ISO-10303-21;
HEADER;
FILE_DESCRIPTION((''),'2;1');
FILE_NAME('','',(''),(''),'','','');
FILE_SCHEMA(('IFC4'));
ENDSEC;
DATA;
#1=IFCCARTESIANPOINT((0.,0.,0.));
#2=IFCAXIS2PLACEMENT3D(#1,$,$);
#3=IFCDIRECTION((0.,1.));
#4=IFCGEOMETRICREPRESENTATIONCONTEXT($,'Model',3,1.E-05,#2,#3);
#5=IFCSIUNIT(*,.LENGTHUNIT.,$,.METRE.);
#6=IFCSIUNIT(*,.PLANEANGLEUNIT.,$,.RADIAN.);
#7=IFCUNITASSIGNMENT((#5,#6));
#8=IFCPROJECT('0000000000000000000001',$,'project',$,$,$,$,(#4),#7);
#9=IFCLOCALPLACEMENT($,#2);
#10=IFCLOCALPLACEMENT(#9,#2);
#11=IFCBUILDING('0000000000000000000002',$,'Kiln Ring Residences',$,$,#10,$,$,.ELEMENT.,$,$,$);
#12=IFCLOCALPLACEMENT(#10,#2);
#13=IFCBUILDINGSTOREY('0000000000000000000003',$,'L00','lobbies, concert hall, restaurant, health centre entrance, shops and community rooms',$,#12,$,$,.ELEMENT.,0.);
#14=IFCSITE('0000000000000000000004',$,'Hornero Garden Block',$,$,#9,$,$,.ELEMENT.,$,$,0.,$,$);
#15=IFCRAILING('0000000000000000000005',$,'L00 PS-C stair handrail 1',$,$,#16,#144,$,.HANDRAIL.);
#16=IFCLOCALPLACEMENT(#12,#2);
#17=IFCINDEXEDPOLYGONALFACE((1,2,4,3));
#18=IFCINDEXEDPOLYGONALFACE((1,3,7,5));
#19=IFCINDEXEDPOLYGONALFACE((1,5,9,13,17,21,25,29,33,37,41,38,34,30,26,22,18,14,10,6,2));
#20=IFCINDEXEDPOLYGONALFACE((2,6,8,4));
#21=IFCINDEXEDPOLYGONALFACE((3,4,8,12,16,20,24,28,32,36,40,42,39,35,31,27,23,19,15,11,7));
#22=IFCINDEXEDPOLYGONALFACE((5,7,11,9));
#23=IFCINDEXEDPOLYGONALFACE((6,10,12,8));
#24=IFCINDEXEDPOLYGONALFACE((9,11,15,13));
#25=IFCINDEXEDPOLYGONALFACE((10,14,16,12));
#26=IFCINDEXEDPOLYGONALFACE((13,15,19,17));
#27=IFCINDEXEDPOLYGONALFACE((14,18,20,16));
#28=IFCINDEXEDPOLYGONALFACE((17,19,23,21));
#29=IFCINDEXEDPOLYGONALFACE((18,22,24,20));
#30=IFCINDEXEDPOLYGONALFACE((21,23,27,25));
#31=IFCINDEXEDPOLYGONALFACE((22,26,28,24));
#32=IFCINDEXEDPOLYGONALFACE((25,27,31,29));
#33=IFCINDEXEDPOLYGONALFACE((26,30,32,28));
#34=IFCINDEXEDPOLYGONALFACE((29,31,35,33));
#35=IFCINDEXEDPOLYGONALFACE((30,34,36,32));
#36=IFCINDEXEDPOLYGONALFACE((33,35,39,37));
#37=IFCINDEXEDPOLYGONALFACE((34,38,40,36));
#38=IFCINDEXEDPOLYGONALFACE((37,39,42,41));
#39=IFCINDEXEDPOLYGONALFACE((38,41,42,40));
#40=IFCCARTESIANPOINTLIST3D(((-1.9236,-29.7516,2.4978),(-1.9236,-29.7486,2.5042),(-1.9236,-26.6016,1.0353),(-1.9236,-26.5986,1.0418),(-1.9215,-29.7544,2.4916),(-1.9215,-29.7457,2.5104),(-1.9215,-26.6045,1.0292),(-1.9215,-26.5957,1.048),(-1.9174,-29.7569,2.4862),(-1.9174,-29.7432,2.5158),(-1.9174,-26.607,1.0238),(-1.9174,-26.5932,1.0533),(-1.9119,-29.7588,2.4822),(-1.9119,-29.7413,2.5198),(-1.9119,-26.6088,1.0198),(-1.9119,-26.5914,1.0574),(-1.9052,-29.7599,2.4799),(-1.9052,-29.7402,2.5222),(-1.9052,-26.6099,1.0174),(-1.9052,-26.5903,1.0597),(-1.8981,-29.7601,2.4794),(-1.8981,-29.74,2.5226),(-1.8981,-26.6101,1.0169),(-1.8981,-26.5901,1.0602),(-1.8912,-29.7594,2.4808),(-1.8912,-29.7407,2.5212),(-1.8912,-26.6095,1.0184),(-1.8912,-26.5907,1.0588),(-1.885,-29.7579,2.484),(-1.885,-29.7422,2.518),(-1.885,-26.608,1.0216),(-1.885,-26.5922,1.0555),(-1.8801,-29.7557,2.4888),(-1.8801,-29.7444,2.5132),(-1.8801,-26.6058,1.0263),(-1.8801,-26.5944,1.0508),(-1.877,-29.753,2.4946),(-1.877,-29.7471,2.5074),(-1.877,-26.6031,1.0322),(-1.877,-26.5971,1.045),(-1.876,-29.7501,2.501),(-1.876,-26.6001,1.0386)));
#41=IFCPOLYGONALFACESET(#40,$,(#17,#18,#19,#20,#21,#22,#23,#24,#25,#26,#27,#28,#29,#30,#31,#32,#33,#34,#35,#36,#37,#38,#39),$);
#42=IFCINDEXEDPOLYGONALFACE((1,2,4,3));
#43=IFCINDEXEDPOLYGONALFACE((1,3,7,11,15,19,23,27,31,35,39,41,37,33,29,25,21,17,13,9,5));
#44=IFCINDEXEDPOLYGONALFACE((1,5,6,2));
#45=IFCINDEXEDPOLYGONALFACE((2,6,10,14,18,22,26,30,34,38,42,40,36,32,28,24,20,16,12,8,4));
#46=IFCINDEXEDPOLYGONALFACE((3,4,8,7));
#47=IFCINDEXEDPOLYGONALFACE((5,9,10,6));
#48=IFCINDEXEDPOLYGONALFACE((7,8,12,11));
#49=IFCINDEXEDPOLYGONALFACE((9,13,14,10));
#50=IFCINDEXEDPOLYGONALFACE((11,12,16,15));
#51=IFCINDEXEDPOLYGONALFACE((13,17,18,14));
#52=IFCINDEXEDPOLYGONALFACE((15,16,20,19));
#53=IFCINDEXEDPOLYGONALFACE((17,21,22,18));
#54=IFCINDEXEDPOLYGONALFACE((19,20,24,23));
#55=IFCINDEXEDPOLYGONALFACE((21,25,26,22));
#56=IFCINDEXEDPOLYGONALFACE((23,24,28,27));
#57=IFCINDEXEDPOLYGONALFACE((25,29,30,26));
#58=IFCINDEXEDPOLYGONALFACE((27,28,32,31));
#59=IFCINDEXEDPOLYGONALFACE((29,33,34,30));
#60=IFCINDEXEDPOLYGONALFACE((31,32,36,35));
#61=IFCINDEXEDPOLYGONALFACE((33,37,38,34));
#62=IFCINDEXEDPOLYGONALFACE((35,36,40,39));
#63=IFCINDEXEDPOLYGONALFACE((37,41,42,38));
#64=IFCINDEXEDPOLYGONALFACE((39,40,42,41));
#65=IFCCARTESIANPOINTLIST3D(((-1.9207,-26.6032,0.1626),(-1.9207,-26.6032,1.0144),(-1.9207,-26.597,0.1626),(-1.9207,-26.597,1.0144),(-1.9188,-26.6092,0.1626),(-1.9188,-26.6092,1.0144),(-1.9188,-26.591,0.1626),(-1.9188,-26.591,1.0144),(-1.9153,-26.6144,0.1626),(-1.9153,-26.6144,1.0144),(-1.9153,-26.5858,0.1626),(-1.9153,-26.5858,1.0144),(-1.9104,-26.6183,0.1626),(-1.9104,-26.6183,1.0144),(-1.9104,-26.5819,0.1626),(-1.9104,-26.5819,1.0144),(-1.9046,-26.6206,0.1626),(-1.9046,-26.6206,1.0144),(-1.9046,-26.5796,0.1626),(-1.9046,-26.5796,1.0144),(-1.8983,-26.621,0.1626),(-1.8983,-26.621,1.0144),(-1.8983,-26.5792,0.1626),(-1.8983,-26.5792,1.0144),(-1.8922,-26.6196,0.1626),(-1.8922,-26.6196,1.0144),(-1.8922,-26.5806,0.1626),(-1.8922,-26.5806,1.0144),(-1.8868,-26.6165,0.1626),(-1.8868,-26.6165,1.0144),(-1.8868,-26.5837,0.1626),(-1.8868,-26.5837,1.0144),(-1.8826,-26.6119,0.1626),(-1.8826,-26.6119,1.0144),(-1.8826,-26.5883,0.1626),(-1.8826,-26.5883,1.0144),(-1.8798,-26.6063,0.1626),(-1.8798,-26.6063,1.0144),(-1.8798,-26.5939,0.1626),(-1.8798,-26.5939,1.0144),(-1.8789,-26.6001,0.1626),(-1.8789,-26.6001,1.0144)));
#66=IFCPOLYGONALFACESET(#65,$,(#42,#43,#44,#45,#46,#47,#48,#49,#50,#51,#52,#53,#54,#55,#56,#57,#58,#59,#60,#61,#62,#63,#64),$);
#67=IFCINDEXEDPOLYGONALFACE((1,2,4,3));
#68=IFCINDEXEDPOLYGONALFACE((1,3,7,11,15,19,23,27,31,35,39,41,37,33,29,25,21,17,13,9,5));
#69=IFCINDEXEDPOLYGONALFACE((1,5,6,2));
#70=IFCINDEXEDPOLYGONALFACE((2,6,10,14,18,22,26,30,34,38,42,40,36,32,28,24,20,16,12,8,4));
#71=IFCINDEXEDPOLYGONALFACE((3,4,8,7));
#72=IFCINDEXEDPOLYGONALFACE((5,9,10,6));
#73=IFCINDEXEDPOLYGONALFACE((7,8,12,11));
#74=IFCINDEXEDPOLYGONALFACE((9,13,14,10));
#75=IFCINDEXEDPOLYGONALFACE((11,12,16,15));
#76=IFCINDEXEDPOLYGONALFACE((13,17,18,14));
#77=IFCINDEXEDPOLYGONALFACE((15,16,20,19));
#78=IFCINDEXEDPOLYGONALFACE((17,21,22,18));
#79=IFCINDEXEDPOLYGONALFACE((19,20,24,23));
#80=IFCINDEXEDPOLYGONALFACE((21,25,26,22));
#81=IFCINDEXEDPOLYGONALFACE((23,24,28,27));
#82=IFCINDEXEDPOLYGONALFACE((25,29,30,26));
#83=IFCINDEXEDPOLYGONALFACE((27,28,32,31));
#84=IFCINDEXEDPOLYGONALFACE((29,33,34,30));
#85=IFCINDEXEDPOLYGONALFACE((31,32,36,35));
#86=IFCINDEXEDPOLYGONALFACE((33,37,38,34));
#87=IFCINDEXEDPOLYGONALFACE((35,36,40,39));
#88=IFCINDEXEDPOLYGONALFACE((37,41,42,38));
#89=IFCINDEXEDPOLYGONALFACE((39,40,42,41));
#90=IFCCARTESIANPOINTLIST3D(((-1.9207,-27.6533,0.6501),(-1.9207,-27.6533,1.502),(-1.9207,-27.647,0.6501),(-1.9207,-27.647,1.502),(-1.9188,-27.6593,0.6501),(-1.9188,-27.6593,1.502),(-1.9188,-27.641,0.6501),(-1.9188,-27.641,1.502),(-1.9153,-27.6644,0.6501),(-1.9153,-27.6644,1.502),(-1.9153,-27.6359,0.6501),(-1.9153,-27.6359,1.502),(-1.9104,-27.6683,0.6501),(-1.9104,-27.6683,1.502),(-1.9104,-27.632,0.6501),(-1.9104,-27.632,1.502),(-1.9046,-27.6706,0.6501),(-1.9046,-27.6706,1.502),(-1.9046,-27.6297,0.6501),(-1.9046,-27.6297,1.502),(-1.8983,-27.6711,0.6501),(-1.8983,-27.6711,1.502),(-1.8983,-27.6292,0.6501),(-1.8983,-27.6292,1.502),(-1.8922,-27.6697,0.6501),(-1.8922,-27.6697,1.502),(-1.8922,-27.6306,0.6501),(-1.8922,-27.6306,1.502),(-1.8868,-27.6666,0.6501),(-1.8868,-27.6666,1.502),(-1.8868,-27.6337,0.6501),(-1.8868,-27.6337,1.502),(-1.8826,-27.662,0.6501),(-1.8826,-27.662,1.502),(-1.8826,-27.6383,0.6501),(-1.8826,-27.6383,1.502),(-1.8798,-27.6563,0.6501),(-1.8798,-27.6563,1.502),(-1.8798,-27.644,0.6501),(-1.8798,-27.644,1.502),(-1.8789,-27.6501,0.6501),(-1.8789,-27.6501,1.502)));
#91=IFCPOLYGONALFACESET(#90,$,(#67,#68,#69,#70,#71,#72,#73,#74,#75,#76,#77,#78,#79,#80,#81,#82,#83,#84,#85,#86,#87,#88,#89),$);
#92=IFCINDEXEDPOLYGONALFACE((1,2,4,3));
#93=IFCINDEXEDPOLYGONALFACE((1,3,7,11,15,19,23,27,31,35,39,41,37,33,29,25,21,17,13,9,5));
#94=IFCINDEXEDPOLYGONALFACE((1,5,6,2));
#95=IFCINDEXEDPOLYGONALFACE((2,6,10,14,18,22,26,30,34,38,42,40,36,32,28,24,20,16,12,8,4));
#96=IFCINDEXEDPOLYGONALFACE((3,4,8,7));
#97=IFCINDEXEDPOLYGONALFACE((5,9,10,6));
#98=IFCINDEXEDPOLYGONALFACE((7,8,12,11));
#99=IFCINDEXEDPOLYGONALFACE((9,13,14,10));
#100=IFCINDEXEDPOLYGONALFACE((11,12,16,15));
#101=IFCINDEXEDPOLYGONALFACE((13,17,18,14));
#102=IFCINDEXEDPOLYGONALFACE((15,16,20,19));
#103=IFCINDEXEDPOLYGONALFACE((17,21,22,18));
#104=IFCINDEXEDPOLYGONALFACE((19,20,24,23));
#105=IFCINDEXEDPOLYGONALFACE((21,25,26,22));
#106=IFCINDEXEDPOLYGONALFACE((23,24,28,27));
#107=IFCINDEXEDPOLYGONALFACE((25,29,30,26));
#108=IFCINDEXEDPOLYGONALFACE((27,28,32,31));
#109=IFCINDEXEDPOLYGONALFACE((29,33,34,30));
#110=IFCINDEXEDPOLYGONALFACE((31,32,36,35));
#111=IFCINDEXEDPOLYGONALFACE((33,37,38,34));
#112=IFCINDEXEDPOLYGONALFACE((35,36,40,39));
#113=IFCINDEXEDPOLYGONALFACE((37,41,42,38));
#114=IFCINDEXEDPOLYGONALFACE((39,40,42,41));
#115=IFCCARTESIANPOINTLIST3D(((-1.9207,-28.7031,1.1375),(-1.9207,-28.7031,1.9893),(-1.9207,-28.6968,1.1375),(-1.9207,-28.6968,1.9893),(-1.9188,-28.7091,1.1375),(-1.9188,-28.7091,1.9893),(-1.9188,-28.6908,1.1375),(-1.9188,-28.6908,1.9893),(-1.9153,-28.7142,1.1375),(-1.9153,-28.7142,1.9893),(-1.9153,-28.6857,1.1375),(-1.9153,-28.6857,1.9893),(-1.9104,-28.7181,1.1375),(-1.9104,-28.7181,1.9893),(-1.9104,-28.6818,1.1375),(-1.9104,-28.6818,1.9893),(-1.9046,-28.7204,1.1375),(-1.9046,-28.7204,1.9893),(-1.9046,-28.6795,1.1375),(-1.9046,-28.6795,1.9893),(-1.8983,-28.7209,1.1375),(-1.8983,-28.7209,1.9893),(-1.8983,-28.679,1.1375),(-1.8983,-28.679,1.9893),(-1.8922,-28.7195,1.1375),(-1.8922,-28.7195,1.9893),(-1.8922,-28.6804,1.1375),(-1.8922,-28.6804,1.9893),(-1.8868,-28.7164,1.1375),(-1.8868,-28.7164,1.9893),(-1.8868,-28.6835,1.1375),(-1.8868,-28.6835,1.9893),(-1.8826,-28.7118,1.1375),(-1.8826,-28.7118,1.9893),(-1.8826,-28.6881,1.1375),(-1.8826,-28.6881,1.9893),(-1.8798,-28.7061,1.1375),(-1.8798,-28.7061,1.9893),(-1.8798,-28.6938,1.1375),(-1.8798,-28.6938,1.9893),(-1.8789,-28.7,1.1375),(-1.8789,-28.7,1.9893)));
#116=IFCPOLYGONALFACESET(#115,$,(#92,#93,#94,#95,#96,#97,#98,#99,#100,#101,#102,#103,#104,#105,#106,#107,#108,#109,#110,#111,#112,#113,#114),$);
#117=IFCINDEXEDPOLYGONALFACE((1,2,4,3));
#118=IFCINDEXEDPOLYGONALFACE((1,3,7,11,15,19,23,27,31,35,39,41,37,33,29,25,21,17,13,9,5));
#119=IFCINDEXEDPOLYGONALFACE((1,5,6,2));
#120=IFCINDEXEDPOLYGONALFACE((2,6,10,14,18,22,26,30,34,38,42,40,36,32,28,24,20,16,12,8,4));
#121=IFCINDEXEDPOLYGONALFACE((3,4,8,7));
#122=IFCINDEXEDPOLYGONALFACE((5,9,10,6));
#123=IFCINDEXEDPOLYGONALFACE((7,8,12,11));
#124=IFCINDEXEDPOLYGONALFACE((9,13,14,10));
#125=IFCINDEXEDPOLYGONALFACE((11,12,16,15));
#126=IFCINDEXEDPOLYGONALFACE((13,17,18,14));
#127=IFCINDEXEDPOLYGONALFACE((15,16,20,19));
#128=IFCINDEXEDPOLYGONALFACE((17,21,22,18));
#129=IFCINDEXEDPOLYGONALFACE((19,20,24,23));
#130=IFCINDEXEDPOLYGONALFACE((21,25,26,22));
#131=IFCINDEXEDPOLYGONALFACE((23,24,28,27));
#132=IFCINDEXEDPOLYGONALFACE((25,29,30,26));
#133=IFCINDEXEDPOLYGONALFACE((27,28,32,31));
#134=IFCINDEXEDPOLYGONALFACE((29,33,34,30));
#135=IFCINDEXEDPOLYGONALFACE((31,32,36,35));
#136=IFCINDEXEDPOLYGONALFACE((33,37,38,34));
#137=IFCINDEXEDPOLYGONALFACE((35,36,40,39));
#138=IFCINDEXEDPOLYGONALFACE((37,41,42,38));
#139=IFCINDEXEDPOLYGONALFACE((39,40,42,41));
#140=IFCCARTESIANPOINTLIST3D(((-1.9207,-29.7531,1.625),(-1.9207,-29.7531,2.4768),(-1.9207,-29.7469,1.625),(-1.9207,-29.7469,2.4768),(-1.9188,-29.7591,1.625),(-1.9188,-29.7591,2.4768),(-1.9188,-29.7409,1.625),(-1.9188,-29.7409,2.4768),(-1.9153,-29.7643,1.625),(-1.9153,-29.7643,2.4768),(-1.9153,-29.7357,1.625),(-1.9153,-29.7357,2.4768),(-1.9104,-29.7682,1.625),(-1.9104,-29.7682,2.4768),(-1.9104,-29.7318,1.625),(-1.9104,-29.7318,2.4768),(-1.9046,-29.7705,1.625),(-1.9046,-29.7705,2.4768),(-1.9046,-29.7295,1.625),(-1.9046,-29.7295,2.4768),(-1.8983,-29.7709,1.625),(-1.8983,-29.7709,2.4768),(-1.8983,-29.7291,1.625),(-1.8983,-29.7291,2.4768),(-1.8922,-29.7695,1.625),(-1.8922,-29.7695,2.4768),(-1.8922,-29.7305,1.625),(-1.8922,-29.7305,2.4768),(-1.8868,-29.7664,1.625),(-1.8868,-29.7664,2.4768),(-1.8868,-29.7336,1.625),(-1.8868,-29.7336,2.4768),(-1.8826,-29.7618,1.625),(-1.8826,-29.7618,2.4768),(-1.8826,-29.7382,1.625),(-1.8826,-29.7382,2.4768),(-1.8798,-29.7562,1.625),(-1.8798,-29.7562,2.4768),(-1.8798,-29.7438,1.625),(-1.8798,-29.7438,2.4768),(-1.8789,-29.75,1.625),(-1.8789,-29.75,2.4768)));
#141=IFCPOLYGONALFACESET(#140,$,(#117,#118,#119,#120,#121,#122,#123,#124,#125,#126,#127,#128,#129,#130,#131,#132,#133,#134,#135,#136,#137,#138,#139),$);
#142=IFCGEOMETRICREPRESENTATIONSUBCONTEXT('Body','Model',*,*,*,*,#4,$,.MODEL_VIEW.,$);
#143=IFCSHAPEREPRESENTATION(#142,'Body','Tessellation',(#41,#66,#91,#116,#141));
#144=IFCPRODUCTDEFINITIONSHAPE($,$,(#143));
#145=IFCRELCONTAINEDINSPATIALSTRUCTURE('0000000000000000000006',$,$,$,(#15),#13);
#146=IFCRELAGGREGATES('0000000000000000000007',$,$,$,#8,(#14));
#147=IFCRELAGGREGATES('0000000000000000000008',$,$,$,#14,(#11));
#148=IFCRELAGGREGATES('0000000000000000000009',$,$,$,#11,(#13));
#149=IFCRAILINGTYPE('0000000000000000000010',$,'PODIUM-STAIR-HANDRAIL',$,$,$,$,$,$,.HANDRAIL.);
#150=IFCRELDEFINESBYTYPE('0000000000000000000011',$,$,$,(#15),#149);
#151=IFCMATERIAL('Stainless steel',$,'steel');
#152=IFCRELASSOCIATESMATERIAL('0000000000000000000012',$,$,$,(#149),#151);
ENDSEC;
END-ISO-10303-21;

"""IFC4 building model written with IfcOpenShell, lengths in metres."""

from ifc_helpers import new_model, si_unit, direction, frame, origin, origin_2d, place, context, subcontext, project, spatial, circle, extrude, material, type_object, element, save


model = new_model("IFC4")

# Units and contexts
model_context = context("Model", 3, precision=1e-05, world=origin(), true_north=direction((0.0, 1.0)))
body_context = subcontext(model_context, "Body", "Model", "MODEL_VIEW")
ifc_project = project(units=[si_unit("LENGTHUNIT", "METRE"), si_unit("PLANEANGLEUNIT", "RADIAN")], contexts=[model_context])

# Site, building, storey
site_placement = place(None, origin())
site = spatial("IfcSite", under=ifc_project, at=site_placement, Name="Hornero Garden Block", CompositionType="ELEMENT", RefElevation=0.0)
building_placement = place(site_placement, origin())
building = spatial("IfcBuilding", under=site, at=building_placement, Name="Kiln Ring Residences", CompositionType="ELEMENT")
storey_placement = place(building_placement, origin())
storey = spatial("IfcBuildingStorey", under=building, at=storey_placement, Name="L00", Description="lobbies, concert hall, restaurant, health centre entrance, shops and community rooms", CompositionType="ELEMENT", Elevation=0.0)

# Railing
ifc_material_1 = material(Name="Stainless steel", Category="steel")
railing_type_1 = type_object("IfcRailingType", Name="PODIUM-STAIR-HANDRAIL", PredefinedType="HANDRAIL", material=ifc_material_1)
for number, where, name in (
    (1, (-1.8999, -26.6001, 0.1626), "L00 PS-C stair handrail 1"),
):
    element("IfcRailing", number, at=place(storey_placement, frame(where)), inside=storey, type_object=railing_type_1, Name=name, PredefinedType="HANDRAIL", context=body_context, shape_type="SweptSolid", body=[
        extrude(circle(Radius=0.0239, at=origin_2d()), frame((0.0, 0.0, 0.876), z_axis=(0.0, -0.907015, 0.421099), x_axis=(1.0, 0.0, 0.0)), (0.0, 0.0, 1.0), 3.4729),
        extrude(circle(Radius=0.021, at=origin_2d()), origin(), (0.0, 0.0, 1.0), 0.8518),
        extrude(circle(Radius=0.021, at=origin_2d()), frame((0.0, -1.05, 0.4875)), (0.0, 0.0, 1.0), 0.8518),
        extrude(circle(Radius=0.021, at=origin_2d()), frame((0.0, -2.0999, 0.9749)), (0.0, 0.0, 1.0), 0.8518),
        extrude(circle(Radius=0.021, at=origin_2d()), frame((0.0, -3.1499, 1.4624)), (0.0, 0.0, 1.0), 0.8518),
    ])

save(model, "model.ifc")
